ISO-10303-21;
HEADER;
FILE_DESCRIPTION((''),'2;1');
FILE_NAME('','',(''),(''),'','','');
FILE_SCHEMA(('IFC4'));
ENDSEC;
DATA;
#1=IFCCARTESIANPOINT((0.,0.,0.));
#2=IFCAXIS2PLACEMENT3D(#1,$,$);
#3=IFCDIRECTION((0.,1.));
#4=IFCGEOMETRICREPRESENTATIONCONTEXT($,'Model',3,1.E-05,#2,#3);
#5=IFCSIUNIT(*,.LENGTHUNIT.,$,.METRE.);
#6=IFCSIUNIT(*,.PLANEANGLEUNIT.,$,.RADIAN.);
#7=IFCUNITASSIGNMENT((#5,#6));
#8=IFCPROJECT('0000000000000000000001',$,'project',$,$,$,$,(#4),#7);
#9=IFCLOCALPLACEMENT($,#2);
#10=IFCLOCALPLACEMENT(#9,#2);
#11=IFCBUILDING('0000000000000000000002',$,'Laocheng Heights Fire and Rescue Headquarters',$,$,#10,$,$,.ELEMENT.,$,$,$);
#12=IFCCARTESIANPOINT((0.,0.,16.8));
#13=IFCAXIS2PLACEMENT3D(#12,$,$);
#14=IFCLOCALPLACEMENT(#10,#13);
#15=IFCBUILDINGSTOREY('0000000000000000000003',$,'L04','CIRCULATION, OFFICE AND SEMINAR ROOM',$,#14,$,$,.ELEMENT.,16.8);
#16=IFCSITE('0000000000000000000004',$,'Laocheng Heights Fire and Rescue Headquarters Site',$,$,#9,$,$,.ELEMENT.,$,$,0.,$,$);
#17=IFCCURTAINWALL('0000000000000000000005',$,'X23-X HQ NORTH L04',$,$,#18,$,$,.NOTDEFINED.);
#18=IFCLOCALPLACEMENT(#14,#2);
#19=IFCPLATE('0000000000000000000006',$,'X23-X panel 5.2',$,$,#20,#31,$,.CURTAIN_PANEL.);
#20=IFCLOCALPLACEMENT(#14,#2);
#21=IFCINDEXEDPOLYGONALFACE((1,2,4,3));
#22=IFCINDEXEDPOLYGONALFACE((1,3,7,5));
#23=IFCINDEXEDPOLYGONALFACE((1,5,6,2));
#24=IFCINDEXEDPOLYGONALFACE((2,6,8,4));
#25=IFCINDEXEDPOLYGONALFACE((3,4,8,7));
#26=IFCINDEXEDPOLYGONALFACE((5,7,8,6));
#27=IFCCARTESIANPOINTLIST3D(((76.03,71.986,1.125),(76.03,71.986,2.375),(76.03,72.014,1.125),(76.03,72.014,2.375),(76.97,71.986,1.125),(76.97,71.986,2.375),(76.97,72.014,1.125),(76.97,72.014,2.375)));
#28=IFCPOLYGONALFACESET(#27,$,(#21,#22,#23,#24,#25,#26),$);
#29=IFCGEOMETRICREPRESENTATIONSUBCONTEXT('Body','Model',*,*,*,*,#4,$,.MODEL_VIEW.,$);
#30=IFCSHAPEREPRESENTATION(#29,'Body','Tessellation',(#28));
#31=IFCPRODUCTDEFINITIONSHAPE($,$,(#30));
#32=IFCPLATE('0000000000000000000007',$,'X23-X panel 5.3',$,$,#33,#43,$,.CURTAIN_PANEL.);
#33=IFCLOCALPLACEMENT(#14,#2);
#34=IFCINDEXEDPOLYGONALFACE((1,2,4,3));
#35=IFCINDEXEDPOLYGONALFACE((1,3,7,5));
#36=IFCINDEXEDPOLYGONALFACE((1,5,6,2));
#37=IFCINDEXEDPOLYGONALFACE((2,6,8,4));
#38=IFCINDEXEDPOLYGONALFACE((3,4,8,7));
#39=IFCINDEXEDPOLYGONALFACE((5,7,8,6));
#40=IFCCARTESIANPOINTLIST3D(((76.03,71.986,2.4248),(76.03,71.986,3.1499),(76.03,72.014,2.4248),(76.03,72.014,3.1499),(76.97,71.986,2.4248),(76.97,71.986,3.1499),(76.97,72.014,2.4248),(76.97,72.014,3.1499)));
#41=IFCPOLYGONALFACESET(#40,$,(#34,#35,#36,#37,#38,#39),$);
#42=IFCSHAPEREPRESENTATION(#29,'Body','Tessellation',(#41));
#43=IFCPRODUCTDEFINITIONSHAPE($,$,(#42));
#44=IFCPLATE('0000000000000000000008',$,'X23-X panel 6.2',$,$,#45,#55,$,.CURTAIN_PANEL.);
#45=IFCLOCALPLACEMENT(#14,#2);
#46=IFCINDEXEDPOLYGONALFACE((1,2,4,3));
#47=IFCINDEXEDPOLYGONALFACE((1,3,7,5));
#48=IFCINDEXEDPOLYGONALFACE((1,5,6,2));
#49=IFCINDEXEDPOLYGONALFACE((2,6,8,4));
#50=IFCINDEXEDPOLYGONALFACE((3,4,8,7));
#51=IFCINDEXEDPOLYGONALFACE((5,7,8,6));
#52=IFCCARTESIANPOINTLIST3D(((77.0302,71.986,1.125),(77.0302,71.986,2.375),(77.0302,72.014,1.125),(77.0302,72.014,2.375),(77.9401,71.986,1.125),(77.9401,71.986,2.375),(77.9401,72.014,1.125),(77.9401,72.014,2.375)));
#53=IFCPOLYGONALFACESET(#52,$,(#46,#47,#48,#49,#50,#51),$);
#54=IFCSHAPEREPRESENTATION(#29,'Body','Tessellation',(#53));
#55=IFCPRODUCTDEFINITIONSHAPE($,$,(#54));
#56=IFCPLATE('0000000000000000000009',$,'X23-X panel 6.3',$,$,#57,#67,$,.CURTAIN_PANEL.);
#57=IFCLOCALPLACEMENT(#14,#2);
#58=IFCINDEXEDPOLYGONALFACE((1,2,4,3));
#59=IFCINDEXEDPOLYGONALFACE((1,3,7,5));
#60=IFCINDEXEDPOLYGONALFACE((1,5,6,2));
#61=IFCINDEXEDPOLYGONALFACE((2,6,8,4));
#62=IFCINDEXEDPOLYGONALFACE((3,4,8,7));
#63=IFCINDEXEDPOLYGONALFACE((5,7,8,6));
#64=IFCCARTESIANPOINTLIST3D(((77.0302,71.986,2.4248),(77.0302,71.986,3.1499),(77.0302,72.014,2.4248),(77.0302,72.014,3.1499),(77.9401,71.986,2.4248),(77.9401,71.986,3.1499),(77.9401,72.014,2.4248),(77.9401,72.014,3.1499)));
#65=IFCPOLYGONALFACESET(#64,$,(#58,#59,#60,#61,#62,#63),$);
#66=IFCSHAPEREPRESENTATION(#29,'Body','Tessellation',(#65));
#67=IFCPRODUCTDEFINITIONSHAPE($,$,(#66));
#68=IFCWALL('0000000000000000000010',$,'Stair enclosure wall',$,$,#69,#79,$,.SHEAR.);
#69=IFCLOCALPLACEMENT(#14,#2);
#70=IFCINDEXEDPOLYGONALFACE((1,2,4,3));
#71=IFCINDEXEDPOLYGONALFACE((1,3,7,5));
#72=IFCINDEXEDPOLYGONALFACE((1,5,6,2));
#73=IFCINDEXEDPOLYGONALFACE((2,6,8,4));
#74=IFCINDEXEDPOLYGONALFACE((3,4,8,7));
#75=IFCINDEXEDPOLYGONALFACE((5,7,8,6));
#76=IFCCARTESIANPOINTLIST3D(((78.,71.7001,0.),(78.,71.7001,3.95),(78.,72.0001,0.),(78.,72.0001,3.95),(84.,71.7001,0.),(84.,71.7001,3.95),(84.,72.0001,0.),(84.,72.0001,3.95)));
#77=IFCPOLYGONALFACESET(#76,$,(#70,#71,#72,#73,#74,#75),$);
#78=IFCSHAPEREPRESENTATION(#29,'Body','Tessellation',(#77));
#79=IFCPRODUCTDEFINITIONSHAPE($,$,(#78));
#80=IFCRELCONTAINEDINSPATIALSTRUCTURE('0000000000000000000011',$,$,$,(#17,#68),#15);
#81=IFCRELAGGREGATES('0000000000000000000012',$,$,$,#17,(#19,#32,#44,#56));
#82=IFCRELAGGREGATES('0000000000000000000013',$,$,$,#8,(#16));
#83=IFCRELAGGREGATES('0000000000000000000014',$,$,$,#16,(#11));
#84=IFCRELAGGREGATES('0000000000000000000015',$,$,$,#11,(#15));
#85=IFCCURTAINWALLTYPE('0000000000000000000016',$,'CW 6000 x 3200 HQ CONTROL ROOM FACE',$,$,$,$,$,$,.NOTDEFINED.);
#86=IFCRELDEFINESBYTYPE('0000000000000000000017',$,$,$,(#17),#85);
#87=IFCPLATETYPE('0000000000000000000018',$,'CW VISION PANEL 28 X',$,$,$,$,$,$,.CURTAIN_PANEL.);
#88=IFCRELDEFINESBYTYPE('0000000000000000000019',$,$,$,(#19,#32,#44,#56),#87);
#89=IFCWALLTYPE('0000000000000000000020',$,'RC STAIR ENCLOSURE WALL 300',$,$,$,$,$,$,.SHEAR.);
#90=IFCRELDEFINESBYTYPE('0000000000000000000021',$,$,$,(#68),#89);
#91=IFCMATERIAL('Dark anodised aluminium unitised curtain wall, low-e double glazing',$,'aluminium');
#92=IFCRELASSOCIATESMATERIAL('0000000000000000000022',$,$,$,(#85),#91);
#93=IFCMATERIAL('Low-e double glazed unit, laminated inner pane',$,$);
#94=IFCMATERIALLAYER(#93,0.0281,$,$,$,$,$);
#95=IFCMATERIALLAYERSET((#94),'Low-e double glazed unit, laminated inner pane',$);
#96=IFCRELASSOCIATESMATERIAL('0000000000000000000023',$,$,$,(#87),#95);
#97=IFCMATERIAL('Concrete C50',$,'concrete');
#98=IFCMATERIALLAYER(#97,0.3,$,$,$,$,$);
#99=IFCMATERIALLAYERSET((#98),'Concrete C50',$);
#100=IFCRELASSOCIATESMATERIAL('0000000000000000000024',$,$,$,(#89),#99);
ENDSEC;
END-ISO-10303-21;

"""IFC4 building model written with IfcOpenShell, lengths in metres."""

from ifc_helpers import new_model, si_unit, direction, frame, frame_2d, origin, origin_2d, place, context, subcontext, project, spatial, rectangle, extrude, material, layer, layer_set, type_object, element, aggregate, save


model = new_model("IFC4")

# Units and contexts
model_context = context("Model", 3, precision=1e-05, world=origin(), true_north=direction((0.0, 1.0)))
body_context = subcontext(model_context, "Body", "Model", "MODEL_VIEW")
ifc_project = project(units=[si_unit("LENGTHUNIT", "METRE"), si_unit("PLANEANGLEUNIT", "RADIAN")], contexts=[model_context])

# Site, building, storey
site_placement = place(None, origin())
site = spatial("IfcSite", under=ifc_project, at=site_placement, Name="Laocheng Heights Fire and Rescue Headquarters Site", CompositionType="ELEMENT", RefElevation=0.0)
building_placement = place(site_placement, origin())
building = spatial("IfcBuilding", under=site, at=building_placement, Name="Laocheng Heights Fire and Rescue Headquarters", CompositionType="ELEMENT")
storey_placement = place(building_placement, frame((0.0, 0.0, 16.8)))
storey = spatial("IfcBuildingStorey", under=building, at=storey_placement, Name="L04", Description="CIRCULATION, OFFICE AND SEMINAR ROOM", CompositionType="ELEMENT", Elevation=16.8)

# Curtain wall, plates
ifc_material_1 = material(Name="Dark anodised aluminium unitised curtain wall, low-e double glazing", Category="aluminium")
curtain_wall_type = type_object("IfcCurtainWallType", Name="CW 6000 x 3200 HQ CONTROL ROOM FACE", PredefinedType="NOTDEFINED", material=ifc_material_1)
curtain_wall_placement = place(storey_placement, origin())
curtain_wall = element("IfcCurtainWall", 1, at=curtain_wall_placement, inside=storey, type_object=curtain_wall_type, Name="X23-X HQ NORTH L04", PredefinedType="NOTDEFINED")
ifc_material_2 = material(Name="Low-e double glazed unit, laminated inner pane")
ifc_layer_1 = layer(ifc_material_2, 0.0281)
ifc_layer_set_1 = layer_set([ifc_layer_1], Name="Low-e double glazed unit, laminated inner pane")
plate_type_1 = type_object("IfcPlateType", Name="CW VISION PANEL 28 X", PredefinedType="CURTAIN_PANEL", material=ifc_layer_set_1)
plate_1_placement = place(storey_placement, frame((76.5, 72.0, 1.125), z_axis=(0.0, 0.0, 1.0), x_axis=(1.0, 0.0, 0.0)))
plate_1 = element("IfcPlate", 2, at=plate_1_placement, type_object=plate_type_1, Name="X23-X panel 5.2", PredefinedType="CURTAIN_PANEL", context=body_context, shape_type="SweptSolid", body=[
    extrude(rectangle(XDim=0.9399, YDim=0.0281, at=origin_2d()), origin(), (0.0, 0.0, 1.0), 1.25),
])
plate_2_placement = place(storey_placement, frame((76.5, 72.0, 2.4248), z_axis=(0.0, 0.0, 1.0), x_axis=(1.0, 0.0, 0.0)))
plate_2 = element("IfcPlate", 3, at=plate_2_placement, type_object=plate_type_1, Name="X23-X panel 5.3", PredefinedType="CURTAIN_PANEL", context=body_context, shape_type="SweptSolid", body=[
    extrude(rectangle(XDim=0.9399, YDim=0.0281, at=origin_2d()), origin(), (0.0, 0.0, 1.0), 0.7251),
])
plate_3_placement = place(storey_placement, frame((77.4851, 72.0, 1.125), z_axis=(0.0, 0.0, 1.0), x_axis=(1.0, 0.0, 0.0)))
plate_3 = element("IfcPlate", 4, at=plate_3_placement, type_object=plate_type_1, Name="X23-X panel 6.2", PredefinedType="CURTAIN_PANEL", context=body_context, shape_type="SweptSolid", body=[
    extrude(rectangle(XDim=0.9099, YDim=0.0281, at=origin_2d()), origin(), (0.0, 0.0, 1.0), 1.25),
])
plate_4_placement = place(storey_placement, frame((77.4851, 72.0, 2.4248), z_axis=(0.0, 0.0, 1.0), x_axis=(1.0, 0.0, 0.0)))
plate_4 = element("IfcPlate", 5, at=plate_4_placement, type_object=plate_type_1, Name="X23-X panel 6.3", PredefinedType="CURTAIN_PANEL", context=body_context, shape_type="SweptSolid", body=[
    extrude(rectangle(XDim=0.9099, YDim=0.0281, at=origin_2d()), origin(), (0.0, 0.0, 1.0), 0.7251),
])
aggregate(curtain_wall, [plate_1, plate_2, plate_3, plate_4])

# Wall
ifc_material_3 = material(Name="Concrete C50", Category="concrete")
ifc_layer_2 = layer(ifc_material_3, 0.3)
ifc_layer_set_2 = layer_set([ifc_layer_2], Name="Concrete C50")
wall_type = type_object("IfcWallType", Name="RC STAIR ENCLOSURE WALL 300", PredefinedType="SHEAR", material=ifc_layer_set_2)
wall_placement = place(storey_placement, frame((78.0, 71.8501, 0.0), z_axis=(0.0, 0.0, 1.0), x_axis=(1.0, 0.0, 0.0)))
element("IfcWall", 6, at=wall_placement, inside=storey, type_object=wall_type, Name="Stair enclosure wall", PredefinedType="SHEAR", context=body_context, shape_type="SweptSolid", body=[
    extrude(rectangle(XDim=6.0, YDim=0.3, at=frame_2d((3.0, 0.0))), origin(), (0.0, 0.0, 1.0), 3.95),
])

save(model, "model.ifc")
